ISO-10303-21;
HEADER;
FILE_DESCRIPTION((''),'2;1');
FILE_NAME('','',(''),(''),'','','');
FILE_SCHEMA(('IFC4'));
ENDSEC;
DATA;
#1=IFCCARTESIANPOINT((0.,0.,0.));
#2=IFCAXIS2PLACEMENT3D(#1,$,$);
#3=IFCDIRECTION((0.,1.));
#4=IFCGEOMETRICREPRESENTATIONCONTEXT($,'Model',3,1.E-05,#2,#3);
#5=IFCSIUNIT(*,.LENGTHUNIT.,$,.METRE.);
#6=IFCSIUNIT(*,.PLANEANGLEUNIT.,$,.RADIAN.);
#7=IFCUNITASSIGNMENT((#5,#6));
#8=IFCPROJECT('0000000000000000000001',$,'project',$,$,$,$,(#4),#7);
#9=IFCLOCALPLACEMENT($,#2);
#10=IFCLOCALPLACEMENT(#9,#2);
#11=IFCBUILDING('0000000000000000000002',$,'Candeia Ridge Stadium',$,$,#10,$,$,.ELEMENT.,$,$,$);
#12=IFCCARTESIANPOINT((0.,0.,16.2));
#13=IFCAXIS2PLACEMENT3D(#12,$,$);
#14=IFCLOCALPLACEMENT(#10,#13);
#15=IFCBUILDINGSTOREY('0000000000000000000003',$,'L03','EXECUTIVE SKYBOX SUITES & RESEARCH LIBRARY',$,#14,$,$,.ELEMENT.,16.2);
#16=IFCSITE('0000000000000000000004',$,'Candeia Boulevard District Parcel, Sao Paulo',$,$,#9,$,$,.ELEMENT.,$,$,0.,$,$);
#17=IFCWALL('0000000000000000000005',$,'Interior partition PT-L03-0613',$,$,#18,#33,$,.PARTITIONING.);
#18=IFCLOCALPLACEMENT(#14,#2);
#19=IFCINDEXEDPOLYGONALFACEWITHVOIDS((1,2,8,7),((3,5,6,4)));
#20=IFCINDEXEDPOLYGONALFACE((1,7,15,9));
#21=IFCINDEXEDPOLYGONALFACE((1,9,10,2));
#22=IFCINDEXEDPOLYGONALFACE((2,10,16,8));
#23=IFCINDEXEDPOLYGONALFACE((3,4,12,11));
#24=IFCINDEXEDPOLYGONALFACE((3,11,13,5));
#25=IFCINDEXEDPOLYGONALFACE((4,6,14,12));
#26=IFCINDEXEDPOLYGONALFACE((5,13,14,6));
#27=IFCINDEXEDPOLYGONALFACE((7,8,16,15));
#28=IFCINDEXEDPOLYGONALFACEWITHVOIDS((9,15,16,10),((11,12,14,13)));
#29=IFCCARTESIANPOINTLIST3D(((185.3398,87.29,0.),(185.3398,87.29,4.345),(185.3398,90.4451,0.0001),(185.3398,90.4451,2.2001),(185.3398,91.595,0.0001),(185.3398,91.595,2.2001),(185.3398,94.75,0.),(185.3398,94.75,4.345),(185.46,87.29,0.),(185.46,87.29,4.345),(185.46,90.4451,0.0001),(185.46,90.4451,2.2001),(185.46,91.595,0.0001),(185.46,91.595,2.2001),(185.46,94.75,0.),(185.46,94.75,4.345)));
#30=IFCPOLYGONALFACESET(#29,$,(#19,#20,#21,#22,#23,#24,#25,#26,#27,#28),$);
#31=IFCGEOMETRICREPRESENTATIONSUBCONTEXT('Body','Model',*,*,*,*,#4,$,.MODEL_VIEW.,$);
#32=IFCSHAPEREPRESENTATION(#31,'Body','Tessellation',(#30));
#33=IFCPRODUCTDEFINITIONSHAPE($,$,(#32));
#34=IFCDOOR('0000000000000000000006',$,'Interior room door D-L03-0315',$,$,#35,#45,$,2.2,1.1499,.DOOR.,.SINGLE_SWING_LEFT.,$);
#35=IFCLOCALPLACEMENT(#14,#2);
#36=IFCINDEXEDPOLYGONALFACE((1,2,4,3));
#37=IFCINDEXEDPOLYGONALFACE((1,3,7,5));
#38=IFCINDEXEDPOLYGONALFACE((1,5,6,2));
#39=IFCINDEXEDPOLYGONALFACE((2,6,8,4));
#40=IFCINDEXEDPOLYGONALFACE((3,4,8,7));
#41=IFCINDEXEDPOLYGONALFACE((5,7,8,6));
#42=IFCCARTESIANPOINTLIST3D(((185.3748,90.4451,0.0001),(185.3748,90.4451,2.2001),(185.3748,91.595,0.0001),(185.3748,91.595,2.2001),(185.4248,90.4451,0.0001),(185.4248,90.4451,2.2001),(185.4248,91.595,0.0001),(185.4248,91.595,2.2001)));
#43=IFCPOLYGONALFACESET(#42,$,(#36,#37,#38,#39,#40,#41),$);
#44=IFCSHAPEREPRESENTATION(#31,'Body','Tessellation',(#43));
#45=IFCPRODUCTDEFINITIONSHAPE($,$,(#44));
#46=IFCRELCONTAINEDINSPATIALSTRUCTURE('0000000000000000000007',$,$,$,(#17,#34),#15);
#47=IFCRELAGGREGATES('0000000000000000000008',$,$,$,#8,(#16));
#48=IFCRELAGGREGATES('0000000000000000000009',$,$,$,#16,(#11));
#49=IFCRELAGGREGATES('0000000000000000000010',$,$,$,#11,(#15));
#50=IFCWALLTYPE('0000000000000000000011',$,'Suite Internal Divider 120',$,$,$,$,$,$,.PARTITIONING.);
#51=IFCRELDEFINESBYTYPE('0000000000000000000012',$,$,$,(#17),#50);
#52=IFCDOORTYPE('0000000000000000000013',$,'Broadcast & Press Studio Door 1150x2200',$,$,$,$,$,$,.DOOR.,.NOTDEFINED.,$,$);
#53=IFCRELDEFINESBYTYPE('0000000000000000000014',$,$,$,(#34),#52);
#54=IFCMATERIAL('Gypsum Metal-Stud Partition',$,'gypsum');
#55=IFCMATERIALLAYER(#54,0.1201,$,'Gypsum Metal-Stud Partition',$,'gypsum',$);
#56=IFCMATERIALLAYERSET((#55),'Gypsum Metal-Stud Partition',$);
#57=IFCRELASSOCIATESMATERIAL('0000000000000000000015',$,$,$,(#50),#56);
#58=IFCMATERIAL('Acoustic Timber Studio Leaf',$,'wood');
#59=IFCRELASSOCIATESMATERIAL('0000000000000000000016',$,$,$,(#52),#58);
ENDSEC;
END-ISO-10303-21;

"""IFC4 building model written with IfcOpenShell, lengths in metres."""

from ifc_helpers import new_model, si_unit, direction, frame, frame_2d, origin, place, context, subcontext, project, spatial, rectangle, extrude, material, layer, layer_set, type_object, element, fill, save


model = new_model("IFC4")

# Units and contexts
model_context = context("Model", 3, precision=1e-05, world=origin(), true_north=direction((0.0, 1.0)))
body_context = subcontext(model_context, "Body", "Model", "MODEL_VIEW")
ifc_project = project(units=[si_unit("LENGTHUNIT", "METRE"), si_unit("PLANEANGLEUNIT", "RADIAN")], contexts=[model_context])

# Site, building, storey
site_placement = place(None, origin())
site = spatial("IfcSite", under=ifc_project, at=site_placement, Name="Candeia Boulevard District Parcel, Sao Paulo", CompositionType="ELEMENT", RefElevation=0.0)
building_placement = place(site_placement, origin())
building = spatial("IfcBuilding", under=site, at=building_placement, Name="Candeia Ridge Stadium", CompositionType="ELEMENT")
storey_placement = place(building_placement, frame((0.0, 0.0, 16.2)))
storey = spatial("IfcBuildingStorey", under=building, at=storey_placement, Name="L03", Description="EXECUTIVE SKYBOX SUITES & RESEARCH LIBRARY", CompositionType="ELEMENT", Elevation=16.2)

# Wall, opening, door
ifc_material_1 = material(Name="Gypsum Metal-Stud Partition", Category="gypsum")
ifc_layer_1 = layer(ifc_material_1, 0.1201, Name="Gypsum Metal-Stud Partition", Category="gypsum")
ifc_layer_set_1 = layer_set([ifc_layer_1], Name="Gypsum Metal-Stud Partition")
wall_type_1 = type_object("IfcWallType", Name="Suite Internal Divider 120", PredefinedType="PARTITIONING", material=ifc_layer_set_1)
wall_1_placement = place(storey_placement, frame((185.3999, 94.75, 0.0), z_axis=(0.0, 0.0, 1.0), x_axis=(0.0, -1.0, 0.0)))
wall_1 = element("IfcWall", 1, at=wall_1_placement, inside=storey, type_object=wall_type_1, Name="Interior partition PT-L03-0613", PredefinedType="PARTITIONING", context=body_context, shape_type="SweptSolid", body=[
    extrude(rectangle(XDim=7.46, YDim=0.1201, at=frame_2d((3.73, 0.0))), origin(), (0.0, 0.0, 1.0), 4.345),
])
opening_1_placement = place(wall_1_placement, frame((3.155, 0.0, 0.0)))
opening_1 = element("IfcOpeningElement", 2, at=opening_1_placement, cuts=wall_1, PredefinedType="OPENING", context=body_context, shape_type="SweptSolid", body=[
    extrude(rectangle(XDim=1.1499, YDim=2.2, at=frame_2d((0.575, 1.1001))), frame((0.0, 0.0701, 0.0), z_axis=(0.0, -1.0, 0.0), x_axis=(1.0, 0.0, 0.0)), (0.0, 0.0, 1.0), 0.1401),
])
ifc_material_2 = material(Name="Acoustic Timber Studio Leaf", Category="wood")
door_type_1 = type_object("IfcDoorType", Name="Broadcast & Press Studio Door 1150x2200", OperationType="NOTDEFINED", PredefinedType="DOOR", material=ifc_material_2)
door_1_placement = place(opening_1_placement, origin())
door_1 = element("IfcDoor", 3, at=door_1_placement, inside=storey, type_object=door_type_1, Name="Interior room door D-L03-0315", OperationType="SINGLE_SWING_LEFT", OverallHeight=2.2, OverallWidth=1.1499, PredefinedType="DOOR", context=body_context, shape_type="SweptSolid", body=[
    extrude(rectangle(XDim=1.1499, YDim=2.2, at=frame_2d((0.575, 1.1001))), frame((0.0, 0.0249, 0.0), z_axis=(0.0, -1.0, 0.0), x_axis=(1.0, 0.0, 0.0)), (0.0, 0.0, 1.0), 0.05),
])
fill(opening_1, door_1)

save(model, "model.ifc")
